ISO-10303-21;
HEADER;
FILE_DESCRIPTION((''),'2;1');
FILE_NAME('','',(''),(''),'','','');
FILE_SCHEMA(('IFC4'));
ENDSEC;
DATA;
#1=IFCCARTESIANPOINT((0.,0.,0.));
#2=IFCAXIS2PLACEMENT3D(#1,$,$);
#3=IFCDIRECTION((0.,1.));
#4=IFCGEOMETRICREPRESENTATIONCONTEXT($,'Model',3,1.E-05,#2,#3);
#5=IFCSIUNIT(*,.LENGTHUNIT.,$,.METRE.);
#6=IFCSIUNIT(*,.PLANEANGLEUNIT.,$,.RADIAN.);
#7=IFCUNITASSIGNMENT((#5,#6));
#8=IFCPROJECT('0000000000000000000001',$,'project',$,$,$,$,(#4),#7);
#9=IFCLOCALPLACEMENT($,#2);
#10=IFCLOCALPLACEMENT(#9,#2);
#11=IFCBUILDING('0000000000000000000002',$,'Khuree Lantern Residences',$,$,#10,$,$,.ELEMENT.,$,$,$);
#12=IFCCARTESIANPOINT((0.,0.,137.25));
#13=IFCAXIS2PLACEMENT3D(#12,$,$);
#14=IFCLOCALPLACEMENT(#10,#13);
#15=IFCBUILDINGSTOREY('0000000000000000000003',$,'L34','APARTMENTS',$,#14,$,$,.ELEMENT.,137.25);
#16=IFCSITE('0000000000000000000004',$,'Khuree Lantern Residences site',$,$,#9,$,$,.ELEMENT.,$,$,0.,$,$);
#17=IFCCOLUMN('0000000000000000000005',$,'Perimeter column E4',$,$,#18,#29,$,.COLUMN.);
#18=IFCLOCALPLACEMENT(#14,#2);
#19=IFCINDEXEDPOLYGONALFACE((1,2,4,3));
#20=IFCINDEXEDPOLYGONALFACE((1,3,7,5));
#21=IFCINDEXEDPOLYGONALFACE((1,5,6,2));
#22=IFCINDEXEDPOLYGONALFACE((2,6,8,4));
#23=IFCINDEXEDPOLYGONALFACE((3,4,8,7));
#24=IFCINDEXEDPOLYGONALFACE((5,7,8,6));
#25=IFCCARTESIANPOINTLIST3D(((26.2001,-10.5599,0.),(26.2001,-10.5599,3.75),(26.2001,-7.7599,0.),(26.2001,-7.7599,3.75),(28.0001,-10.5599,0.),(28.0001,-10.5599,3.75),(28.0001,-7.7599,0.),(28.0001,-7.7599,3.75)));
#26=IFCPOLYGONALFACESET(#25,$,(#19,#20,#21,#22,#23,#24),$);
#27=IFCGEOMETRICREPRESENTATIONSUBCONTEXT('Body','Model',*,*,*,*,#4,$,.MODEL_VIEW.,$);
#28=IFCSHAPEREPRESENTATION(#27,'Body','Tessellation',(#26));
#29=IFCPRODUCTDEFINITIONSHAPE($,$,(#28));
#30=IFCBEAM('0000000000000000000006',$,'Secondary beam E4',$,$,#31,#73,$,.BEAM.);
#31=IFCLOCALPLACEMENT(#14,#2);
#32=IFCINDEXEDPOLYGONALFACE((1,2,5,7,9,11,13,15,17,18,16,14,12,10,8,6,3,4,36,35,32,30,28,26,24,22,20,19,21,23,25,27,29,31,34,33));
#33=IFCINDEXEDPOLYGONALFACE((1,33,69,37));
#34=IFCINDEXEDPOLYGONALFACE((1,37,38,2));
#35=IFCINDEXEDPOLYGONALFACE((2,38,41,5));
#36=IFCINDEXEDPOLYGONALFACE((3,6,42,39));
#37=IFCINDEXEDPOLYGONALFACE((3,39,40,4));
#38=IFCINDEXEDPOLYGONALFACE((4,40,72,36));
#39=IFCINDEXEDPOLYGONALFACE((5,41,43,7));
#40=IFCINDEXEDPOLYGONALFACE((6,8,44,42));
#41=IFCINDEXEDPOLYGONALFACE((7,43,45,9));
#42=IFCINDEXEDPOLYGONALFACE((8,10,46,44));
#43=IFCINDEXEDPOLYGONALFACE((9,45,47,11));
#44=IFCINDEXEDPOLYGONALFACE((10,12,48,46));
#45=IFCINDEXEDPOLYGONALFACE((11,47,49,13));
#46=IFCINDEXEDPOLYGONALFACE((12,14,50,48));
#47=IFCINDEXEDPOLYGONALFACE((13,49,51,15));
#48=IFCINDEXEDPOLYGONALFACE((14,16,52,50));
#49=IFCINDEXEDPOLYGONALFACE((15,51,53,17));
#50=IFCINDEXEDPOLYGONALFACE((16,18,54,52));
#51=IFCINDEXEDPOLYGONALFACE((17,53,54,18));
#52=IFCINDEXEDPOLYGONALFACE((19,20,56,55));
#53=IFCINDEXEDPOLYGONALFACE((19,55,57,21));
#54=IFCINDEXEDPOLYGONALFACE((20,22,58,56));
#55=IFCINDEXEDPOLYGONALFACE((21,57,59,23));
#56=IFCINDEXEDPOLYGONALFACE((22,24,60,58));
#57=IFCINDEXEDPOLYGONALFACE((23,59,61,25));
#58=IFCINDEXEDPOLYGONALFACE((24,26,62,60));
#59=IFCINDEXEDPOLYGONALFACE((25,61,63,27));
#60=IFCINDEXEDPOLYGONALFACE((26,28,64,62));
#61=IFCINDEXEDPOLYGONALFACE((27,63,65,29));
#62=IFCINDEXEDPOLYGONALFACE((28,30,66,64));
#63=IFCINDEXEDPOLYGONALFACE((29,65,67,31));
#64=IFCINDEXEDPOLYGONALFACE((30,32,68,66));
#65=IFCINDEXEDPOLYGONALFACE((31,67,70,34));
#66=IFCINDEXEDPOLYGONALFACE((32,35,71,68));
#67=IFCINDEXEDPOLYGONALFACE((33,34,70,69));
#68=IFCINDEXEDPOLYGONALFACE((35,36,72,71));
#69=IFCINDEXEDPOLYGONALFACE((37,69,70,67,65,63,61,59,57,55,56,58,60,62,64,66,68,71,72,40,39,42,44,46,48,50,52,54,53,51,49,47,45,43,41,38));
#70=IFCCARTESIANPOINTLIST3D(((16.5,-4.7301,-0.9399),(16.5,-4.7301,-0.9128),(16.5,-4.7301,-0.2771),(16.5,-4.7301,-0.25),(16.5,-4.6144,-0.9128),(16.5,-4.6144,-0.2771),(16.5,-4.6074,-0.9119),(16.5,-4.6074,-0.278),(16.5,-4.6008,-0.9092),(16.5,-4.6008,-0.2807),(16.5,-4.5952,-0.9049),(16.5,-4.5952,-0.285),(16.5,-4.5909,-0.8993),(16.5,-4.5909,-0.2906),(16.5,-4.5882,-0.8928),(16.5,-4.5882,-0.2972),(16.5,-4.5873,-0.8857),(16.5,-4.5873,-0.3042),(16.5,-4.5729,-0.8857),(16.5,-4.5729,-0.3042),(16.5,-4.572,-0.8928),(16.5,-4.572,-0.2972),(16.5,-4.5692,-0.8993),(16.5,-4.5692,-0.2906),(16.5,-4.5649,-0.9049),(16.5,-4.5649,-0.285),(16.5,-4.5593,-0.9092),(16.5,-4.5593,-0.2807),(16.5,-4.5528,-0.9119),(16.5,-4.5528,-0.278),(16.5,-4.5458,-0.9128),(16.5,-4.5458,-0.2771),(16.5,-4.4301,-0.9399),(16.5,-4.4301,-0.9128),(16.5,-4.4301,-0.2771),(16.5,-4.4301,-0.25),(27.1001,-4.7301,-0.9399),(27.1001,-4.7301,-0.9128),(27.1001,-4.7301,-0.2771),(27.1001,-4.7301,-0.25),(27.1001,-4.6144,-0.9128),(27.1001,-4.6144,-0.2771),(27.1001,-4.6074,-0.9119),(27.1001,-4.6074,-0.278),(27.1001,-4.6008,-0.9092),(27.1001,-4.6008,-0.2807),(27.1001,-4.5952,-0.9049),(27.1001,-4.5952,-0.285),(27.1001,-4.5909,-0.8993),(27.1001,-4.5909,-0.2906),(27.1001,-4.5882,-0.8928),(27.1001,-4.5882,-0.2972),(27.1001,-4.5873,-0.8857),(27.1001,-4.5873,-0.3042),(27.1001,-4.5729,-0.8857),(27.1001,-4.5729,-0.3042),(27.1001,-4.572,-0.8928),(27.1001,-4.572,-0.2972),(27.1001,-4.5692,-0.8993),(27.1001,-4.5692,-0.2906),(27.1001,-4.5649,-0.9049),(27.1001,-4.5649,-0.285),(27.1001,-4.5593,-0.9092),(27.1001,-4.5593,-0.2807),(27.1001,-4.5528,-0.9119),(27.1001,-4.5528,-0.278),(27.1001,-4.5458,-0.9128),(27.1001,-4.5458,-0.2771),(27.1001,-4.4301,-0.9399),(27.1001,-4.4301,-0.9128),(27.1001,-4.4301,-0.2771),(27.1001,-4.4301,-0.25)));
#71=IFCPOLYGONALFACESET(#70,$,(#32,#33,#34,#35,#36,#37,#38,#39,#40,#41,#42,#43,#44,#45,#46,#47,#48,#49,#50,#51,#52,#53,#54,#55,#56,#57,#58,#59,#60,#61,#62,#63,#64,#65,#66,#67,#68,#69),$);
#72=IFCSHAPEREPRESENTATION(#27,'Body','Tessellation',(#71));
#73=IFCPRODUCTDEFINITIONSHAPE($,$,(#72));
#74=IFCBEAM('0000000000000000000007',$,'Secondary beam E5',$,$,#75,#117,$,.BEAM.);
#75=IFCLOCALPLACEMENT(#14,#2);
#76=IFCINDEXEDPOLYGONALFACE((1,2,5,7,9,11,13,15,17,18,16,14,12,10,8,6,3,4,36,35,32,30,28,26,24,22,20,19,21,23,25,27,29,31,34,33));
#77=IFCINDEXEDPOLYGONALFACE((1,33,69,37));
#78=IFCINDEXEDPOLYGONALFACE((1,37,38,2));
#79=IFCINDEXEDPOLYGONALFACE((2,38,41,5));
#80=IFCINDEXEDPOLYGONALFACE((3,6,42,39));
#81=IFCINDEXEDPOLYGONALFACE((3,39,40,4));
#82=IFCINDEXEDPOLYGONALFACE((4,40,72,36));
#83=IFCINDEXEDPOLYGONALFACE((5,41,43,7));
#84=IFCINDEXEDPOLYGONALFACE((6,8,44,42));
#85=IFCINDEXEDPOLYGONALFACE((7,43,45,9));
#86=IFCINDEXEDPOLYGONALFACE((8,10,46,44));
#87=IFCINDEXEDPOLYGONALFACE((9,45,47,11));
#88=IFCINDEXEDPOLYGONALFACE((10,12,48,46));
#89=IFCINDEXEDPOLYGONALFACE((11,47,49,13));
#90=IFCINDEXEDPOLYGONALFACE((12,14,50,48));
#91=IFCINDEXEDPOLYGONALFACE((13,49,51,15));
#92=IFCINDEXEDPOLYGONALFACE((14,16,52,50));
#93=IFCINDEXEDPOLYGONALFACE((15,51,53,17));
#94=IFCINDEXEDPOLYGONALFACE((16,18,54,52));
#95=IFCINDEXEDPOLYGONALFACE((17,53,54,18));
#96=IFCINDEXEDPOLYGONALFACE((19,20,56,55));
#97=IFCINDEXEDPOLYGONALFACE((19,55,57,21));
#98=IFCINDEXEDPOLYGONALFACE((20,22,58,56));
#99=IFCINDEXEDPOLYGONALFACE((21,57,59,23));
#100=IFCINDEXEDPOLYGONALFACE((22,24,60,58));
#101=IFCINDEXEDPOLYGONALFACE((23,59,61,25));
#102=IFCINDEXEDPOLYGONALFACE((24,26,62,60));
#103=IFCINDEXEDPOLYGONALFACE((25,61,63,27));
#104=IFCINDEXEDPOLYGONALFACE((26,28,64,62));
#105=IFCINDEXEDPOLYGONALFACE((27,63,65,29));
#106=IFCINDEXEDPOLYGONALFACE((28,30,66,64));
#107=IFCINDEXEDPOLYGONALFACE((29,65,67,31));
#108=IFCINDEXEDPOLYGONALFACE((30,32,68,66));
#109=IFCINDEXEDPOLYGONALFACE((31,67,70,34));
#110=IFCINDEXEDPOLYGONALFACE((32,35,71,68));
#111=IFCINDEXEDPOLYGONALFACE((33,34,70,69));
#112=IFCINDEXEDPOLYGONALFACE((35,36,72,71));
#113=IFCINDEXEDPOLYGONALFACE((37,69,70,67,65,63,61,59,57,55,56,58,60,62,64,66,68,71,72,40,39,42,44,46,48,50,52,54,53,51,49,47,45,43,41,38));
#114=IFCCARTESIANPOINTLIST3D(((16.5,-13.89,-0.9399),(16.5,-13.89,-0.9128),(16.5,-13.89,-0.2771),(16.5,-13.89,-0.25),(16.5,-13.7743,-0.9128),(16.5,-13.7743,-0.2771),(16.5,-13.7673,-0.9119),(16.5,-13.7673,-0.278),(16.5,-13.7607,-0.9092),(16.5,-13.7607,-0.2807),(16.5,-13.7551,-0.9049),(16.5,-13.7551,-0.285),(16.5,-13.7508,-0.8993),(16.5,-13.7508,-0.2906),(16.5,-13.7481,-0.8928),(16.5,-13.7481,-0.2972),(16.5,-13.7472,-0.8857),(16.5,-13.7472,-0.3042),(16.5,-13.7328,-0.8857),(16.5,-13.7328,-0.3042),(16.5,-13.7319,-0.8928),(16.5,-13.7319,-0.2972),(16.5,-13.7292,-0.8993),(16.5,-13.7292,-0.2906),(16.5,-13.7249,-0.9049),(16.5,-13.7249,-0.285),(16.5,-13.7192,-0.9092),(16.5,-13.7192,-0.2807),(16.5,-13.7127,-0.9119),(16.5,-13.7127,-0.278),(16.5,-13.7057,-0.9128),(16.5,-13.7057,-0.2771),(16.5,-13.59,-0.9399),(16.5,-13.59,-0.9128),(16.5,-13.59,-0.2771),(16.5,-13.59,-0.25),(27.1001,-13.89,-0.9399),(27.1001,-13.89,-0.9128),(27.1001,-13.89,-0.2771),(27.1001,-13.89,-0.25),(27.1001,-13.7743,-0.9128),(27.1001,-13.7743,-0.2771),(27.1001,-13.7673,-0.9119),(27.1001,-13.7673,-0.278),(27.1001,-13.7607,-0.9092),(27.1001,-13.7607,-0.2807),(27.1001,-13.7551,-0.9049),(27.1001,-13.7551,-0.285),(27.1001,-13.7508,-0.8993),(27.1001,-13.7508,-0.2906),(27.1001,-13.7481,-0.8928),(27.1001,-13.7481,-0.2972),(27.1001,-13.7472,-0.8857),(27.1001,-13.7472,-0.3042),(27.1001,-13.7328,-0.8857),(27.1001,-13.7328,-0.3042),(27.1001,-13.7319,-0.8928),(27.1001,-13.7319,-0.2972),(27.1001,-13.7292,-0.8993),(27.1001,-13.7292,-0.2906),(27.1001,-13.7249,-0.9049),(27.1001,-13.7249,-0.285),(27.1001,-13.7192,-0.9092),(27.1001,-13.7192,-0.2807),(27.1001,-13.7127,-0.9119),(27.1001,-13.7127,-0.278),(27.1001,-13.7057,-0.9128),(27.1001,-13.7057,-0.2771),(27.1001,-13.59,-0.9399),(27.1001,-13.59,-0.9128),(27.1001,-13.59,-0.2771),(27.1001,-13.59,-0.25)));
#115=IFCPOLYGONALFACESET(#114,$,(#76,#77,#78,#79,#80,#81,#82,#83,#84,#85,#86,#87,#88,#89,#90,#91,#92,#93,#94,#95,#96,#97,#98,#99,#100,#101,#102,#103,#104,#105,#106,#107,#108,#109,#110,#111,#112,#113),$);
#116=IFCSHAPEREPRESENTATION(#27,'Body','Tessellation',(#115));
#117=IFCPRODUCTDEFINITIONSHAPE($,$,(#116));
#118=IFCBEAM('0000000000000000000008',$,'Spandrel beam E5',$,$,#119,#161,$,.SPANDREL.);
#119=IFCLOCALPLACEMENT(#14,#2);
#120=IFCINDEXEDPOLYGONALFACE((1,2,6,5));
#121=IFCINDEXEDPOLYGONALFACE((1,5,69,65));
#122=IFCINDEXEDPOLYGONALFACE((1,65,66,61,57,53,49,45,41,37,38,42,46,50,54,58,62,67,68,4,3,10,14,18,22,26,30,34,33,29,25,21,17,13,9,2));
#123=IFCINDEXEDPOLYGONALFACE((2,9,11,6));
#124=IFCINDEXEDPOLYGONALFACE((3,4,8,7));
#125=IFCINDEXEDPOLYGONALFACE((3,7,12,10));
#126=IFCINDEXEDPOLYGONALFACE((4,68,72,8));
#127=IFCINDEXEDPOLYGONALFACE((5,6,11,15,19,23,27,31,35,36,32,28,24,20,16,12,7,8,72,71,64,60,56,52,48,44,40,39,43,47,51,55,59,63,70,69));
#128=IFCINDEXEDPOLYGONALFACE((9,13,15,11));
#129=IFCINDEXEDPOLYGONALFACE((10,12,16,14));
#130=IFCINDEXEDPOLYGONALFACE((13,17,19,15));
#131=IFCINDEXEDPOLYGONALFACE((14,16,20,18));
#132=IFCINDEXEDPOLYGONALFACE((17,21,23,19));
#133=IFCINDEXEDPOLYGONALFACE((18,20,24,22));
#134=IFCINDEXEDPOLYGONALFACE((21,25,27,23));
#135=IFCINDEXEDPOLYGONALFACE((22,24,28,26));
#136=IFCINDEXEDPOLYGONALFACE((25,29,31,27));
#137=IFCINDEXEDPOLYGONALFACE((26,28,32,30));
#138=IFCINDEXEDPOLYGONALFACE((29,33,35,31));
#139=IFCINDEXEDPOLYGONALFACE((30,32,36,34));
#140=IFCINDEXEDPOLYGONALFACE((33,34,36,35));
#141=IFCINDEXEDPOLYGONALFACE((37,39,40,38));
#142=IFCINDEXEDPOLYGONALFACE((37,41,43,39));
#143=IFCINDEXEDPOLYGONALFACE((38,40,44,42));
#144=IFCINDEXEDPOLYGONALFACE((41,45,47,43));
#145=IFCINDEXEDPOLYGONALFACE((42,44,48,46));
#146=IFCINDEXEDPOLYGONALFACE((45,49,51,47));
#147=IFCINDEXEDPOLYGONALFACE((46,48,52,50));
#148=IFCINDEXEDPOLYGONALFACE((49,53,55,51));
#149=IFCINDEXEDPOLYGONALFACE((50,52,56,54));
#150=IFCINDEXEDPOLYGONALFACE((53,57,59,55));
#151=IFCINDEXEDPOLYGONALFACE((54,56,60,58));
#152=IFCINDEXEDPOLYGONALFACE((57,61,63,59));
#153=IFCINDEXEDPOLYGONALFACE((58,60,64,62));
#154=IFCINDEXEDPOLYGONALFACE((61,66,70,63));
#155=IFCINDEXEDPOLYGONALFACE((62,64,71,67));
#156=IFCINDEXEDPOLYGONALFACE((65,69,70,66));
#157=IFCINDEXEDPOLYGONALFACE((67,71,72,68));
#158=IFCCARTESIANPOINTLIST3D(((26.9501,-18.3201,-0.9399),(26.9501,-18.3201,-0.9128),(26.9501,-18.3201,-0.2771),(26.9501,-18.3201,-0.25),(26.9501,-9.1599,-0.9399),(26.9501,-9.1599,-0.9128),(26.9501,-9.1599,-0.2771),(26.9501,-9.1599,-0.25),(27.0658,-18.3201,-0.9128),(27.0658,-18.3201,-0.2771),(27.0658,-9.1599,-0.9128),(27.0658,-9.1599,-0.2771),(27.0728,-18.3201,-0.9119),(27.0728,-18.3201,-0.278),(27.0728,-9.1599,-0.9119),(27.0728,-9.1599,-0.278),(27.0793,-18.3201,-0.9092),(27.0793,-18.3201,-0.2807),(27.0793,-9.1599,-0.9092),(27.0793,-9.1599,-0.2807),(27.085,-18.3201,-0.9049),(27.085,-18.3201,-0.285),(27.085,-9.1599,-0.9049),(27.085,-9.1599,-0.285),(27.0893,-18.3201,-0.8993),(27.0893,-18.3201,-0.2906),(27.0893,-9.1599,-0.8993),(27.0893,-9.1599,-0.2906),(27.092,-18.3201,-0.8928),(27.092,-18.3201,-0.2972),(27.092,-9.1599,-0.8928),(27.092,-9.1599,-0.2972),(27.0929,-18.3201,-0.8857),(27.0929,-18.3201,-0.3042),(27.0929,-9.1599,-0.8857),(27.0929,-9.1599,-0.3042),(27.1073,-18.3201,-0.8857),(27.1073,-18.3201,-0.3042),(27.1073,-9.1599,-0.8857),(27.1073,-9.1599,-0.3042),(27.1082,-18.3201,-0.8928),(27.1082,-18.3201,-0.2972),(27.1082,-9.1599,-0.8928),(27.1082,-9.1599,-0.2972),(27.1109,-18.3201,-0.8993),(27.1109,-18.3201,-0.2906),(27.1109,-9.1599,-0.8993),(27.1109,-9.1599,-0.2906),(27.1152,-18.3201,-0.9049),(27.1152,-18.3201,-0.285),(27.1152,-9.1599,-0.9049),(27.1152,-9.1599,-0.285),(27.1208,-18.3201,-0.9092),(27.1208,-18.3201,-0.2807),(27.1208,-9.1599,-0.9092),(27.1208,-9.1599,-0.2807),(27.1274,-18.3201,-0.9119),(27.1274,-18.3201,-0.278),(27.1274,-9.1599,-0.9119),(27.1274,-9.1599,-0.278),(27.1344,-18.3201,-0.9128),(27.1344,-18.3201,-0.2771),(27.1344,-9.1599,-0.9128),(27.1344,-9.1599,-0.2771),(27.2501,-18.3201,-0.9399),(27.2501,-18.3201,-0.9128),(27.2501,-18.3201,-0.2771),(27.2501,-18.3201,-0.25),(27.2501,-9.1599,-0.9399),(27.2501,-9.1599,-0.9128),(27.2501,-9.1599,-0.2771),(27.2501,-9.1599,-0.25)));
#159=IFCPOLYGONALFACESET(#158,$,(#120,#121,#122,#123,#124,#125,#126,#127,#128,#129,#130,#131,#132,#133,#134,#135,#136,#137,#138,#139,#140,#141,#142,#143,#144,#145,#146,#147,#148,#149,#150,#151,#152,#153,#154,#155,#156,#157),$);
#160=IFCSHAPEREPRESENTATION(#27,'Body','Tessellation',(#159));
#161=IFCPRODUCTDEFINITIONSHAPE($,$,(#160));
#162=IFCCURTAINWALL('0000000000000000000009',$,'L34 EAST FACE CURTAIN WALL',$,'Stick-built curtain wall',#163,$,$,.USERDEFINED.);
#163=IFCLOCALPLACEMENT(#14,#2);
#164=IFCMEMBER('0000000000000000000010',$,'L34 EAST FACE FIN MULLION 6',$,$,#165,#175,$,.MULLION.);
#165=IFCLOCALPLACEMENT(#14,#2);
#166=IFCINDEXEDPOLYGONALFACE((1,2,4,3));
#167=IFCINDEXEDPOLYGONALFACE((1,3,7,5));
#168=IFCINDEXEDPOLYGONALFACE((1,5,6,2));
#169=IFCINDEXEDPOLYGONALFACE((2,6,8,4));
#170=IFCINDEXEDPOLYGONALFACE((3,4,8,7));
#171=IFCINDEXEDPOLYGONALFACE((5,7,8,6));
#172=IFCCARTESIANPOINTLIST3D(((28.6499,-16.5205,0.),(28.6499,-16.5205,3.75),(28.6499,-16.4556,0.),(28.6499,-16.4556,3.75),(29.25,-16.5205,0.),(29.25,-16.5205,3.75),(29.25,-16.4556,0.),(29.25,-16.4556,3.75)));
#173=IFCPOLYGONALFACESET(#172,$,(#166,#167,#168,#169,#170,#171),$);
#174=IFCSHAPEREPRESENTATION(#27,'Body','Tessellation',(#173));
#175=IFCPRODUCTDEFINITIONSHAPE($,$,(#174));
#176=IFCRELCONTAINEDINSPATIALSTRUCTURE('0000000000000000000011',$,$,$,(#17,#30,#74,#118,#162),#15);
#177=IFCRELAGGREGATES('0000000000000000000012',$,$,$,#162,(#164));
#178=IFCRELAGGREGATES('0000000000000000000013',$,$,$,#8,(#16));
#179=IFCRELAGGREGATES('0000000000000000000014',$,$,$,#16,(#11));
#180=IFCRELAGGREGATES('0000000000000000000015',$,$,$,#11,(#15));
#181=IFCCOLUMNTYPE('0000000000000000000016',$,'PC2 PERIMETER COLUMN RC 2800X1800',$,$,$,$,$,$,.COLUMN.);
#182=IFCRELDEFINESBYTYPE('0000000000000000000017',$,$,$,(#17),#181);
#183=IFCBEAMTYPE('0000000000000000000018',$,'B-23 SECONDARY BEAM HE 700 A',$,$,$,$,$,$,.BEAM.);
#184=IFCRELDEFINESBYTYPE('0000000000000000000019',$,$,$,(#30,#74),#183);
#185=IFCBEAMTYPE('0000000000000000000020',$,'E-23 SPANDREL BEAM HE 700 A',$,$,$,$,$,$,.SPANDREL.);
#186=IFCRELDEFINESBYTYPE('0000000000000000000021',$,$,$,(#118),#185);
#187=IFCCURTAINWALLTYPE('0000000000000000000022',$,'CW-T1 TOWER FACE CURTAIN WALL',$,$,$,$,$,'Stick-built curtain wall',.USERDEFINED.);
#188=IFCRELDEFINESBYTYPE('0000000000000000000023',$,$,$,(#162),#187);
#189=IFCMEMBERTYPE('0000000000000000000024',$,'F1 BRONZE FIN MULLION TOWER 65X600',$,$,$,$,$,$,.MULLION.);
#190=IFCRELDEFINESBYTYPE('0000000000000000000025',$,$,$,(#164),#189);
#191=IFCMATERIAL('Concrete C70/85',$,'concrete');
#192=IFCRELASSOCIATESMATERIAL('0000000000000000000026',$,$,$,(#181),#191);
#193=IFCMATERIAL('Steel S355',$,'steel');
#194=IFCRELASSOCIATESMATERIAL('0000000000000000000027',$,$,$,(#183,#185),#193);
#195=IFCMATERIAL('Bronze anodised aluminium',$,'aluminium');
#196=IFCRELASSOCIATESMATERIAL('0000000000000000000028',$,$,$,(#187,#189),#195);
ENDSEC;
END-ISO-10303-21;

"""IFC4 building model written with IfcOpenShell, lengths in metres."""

from ifc_helpers import new_model, si_unit, direction, frame, origin, origin_2d, place, context, subcontext, project, spatial, rectangle, i_section, extrude, material, material_profile, profile_set, type_object, element, aggregate, save


model = new_model("IFC4")

# Units and contexts
model_context = context("Model", 3, precision=1e-05, world=origin(), true_north=direction((0.0, 1.0)))
body_context = subcontext(model_context, "Body", "Model", "MODEL_VIEW")
ifc_project = project(units=[si_unit("LENGTHUNIT", "METRE"), si_unit("PLANEANGLEUNIT", "RADIAN")], contexts=[model_context])

# Site, building, storey
site_placement = place(None, origin())
site = spatial("IfcSite", under=ifc_project, at=site_placement, Name="Khuree Lantern Residences site", CompositionType="ELEMENT", RefElevation=0.0)
building_placement = place(site_placement, origin())
building = spatial("IfcBuilding", under=site, at=building_placement, Name="Khuree Lantern Residences", CompositionType="ELEMENT")
storey_placement = place(building_placement, frame((0.0, 0.0, 137.25)))
storey = spatial("IfcBuildingStorey", under=building, at=storey_placement, Name="L34", Description="APARTMENTS", CompositionType="ELEMENT", Elevation=137.25)

# Column
ifc_material_1 = material(Name="Concrete C70/85", Category="concrete")
ifc_material_profile_1 = material_profile(ifc_material_1, rectangle(XDim=2.8, YDim=1.8, at=origin_2d()), Name="RC 2800X1800")
ifc_profile_set_1 = profile_set([ifc_material_profile_1], Name="Concrete C70/85")
column_type = type_object("IfcColumnType", Name="PC2 PERIMETER COLUMN RC 2800X1800", PredefinedType="COLUMN", material=ifc_profile_set_1)
column_placement = place(storey_placement, frame((27.1001, -9.1599, 0.0), z_axis=(0.0, 0.0, 1.0), x_axis=(0.0, 1.0, 0.0)))
element("IfcColumn", 1, at=column_placement, inside=storey, type_object=column_type, Name="Perimeter column E4", PredefinedType="COLUMN", context=body_context, shape_type="SweptSolid", body=[
    extrude(rectangle(XDim=2.8, YDim=1.8, at=origin_2d()), origin(), (0.0, 0.0, 1.0), 3.75),
])

# Beams
ifc_material_2 = material(Name="Steel S355", Category="steel")
ifc_material_profile_2 = material_profile(ifc_material_2, i_section(OverallWidth=0.3, OverallDepth=0.6899, WebThickness=0.0144, FlangeThickness=0.0271, FilletRadius=0.0271, at=origin_2d()), Name="HE 700 A")
ifc_profile_set_2 = profile_set([ifc_material_profile_2], Name="Steel S355")
beam_type_1 = type_object("IfcBeamType", Name="B-23 SECONDARY BEAM HE 700 A", PredefinedType="BEAM", material=ifc_profile_set_2)
for number, where, z_axis, x_axis, name in (
    (2, (27.1001, -4.5801, -0.595), (-1.0, 0.0, 0.0), (0.0, -1.0, 0.0), "Secondary beam E4"),
    (3, (27.1001, -13.74, -0.595), (-1.0, 0.0, 0.0), (0.0, -1.0, 0.0), "Secondary beam E5"),
):
    element("IfcBeam", number, at=place(storey_placement, frame(where, z_axis=z_axis, x_axis=x_axis)), inside=storey, type_object=beam_type_1, Name=name, PredefinedType="BEAM", context=body_context, shape_type="SweptSolid", body=[
        extrude(i_section(OverallWidth=0.3, OverallDepth=0.6899, WebThickness=0.0144, FlangeThickness=0.0271, FilletRadius=0.0271, at=origin_2d()), origin(), (0.0, 0.0, 1.0), 10.6001),
    ])
ifc_material_profile_3 = material_profile(ifc_material_2, i_section(OverallWidth=0.3, OverallDepth=0.6899, WebThickness=0.0144, FlangeThickness=0.0271, FilletRadius=0.0271, at=origin_2d()), Name="HE 700 A")
ifc_profile_set_3 = profile_set([ifc_material_profile_3], Name="Steel S355")
beam_type_2 = type_object("IfcBeamType", Name="E-23 SPANDREL BEAM HE 700 A", PredefinedType="SPANDREL", material=ifc_profile_set_3)
beam_1_placement = place(storey_placement, frame((27.1001, -9.1599, -0.595), z_axis=(0.0, -1.0, 0.0), x_axis=(1.0, 0.0, 0.0)))
element("IfcBeam", 4, at=beam_1_placement, inside=storey, type_object=beam_type_2, Name="Spandrel beam E5", PredefinedType="SPANDREL", context=body_context, shape_type="SweptSolid", body=[
    extrude(i_section(OverallWidth=0.3, OverallDepth=0.6899, WebThickness=0.0144, FlangeThickness=0.0271, FilletRadius=0.0271, at=origin_2d()), origin(), (0.0, 0.0, 1.0), 9.1602),
])

# Curtain wall, member
ifc_material_3 = material(Name="Bronze anodised aluminium", Category="aluminium")
curtain_wall_type = type_object("IfcCurtainWallType", Name="CW-T1 TOWER FACE CURTAIN WALL", ElementType="Stick-built curtain wall", PredefinedType="USERDEFINED", material=ifc_material_3)
curtain_wall_placement = place(storey_placement, origin())
curtain_wall = element("IfcCurtainWall", 5, at=curtain_wall_placement, inside=storey, type_object=curtain_wall_type, Name="L34 EAST FACE CURTAIN WALL", ObjectType="Stick-built curtain wall", PredefinedType="USERDEFINED")
ifc_material_profile_4 = material_profile(ifc_material_3, rectangle(XDim=0.0649, YDim=0.6001, at=origin_2d()), Name="F1 65X600")
ifc_profile_set_4 = profile_set([ifc_material_profile_4], Name="Bronze anodised aluminium")
member_type_1 = type_object("IfcMemberType", Name="F1 BRONZE FIN MULLION TOWER 65X600", PredefinedType="MULLION", material=ifc_profile_set_4)
member_1_placement = place(storey_placement, frame((28.95, -16.488, 0.0), z_axis=(0.0, 0.0, 1.0), x_axis=(0.0, 1.0, 0.0)))
member_1 = element("IfcMember", 6, at=member_1_placement, type_object=member_type_1, Name="L34 EAST FACE FIN MULLION 6", PredefinedType="MULLION", context=body_context, shape_type="SweptSolid", body=[
    extrude(rectangle(XDim=0.0649, YDim=0.6001, at=origin_2d()), origin(), (0.0, 0.0, 1.0), 3.75),
])

aggregate(curtain_wall, [member_1])

save(model, "model.ifc")
